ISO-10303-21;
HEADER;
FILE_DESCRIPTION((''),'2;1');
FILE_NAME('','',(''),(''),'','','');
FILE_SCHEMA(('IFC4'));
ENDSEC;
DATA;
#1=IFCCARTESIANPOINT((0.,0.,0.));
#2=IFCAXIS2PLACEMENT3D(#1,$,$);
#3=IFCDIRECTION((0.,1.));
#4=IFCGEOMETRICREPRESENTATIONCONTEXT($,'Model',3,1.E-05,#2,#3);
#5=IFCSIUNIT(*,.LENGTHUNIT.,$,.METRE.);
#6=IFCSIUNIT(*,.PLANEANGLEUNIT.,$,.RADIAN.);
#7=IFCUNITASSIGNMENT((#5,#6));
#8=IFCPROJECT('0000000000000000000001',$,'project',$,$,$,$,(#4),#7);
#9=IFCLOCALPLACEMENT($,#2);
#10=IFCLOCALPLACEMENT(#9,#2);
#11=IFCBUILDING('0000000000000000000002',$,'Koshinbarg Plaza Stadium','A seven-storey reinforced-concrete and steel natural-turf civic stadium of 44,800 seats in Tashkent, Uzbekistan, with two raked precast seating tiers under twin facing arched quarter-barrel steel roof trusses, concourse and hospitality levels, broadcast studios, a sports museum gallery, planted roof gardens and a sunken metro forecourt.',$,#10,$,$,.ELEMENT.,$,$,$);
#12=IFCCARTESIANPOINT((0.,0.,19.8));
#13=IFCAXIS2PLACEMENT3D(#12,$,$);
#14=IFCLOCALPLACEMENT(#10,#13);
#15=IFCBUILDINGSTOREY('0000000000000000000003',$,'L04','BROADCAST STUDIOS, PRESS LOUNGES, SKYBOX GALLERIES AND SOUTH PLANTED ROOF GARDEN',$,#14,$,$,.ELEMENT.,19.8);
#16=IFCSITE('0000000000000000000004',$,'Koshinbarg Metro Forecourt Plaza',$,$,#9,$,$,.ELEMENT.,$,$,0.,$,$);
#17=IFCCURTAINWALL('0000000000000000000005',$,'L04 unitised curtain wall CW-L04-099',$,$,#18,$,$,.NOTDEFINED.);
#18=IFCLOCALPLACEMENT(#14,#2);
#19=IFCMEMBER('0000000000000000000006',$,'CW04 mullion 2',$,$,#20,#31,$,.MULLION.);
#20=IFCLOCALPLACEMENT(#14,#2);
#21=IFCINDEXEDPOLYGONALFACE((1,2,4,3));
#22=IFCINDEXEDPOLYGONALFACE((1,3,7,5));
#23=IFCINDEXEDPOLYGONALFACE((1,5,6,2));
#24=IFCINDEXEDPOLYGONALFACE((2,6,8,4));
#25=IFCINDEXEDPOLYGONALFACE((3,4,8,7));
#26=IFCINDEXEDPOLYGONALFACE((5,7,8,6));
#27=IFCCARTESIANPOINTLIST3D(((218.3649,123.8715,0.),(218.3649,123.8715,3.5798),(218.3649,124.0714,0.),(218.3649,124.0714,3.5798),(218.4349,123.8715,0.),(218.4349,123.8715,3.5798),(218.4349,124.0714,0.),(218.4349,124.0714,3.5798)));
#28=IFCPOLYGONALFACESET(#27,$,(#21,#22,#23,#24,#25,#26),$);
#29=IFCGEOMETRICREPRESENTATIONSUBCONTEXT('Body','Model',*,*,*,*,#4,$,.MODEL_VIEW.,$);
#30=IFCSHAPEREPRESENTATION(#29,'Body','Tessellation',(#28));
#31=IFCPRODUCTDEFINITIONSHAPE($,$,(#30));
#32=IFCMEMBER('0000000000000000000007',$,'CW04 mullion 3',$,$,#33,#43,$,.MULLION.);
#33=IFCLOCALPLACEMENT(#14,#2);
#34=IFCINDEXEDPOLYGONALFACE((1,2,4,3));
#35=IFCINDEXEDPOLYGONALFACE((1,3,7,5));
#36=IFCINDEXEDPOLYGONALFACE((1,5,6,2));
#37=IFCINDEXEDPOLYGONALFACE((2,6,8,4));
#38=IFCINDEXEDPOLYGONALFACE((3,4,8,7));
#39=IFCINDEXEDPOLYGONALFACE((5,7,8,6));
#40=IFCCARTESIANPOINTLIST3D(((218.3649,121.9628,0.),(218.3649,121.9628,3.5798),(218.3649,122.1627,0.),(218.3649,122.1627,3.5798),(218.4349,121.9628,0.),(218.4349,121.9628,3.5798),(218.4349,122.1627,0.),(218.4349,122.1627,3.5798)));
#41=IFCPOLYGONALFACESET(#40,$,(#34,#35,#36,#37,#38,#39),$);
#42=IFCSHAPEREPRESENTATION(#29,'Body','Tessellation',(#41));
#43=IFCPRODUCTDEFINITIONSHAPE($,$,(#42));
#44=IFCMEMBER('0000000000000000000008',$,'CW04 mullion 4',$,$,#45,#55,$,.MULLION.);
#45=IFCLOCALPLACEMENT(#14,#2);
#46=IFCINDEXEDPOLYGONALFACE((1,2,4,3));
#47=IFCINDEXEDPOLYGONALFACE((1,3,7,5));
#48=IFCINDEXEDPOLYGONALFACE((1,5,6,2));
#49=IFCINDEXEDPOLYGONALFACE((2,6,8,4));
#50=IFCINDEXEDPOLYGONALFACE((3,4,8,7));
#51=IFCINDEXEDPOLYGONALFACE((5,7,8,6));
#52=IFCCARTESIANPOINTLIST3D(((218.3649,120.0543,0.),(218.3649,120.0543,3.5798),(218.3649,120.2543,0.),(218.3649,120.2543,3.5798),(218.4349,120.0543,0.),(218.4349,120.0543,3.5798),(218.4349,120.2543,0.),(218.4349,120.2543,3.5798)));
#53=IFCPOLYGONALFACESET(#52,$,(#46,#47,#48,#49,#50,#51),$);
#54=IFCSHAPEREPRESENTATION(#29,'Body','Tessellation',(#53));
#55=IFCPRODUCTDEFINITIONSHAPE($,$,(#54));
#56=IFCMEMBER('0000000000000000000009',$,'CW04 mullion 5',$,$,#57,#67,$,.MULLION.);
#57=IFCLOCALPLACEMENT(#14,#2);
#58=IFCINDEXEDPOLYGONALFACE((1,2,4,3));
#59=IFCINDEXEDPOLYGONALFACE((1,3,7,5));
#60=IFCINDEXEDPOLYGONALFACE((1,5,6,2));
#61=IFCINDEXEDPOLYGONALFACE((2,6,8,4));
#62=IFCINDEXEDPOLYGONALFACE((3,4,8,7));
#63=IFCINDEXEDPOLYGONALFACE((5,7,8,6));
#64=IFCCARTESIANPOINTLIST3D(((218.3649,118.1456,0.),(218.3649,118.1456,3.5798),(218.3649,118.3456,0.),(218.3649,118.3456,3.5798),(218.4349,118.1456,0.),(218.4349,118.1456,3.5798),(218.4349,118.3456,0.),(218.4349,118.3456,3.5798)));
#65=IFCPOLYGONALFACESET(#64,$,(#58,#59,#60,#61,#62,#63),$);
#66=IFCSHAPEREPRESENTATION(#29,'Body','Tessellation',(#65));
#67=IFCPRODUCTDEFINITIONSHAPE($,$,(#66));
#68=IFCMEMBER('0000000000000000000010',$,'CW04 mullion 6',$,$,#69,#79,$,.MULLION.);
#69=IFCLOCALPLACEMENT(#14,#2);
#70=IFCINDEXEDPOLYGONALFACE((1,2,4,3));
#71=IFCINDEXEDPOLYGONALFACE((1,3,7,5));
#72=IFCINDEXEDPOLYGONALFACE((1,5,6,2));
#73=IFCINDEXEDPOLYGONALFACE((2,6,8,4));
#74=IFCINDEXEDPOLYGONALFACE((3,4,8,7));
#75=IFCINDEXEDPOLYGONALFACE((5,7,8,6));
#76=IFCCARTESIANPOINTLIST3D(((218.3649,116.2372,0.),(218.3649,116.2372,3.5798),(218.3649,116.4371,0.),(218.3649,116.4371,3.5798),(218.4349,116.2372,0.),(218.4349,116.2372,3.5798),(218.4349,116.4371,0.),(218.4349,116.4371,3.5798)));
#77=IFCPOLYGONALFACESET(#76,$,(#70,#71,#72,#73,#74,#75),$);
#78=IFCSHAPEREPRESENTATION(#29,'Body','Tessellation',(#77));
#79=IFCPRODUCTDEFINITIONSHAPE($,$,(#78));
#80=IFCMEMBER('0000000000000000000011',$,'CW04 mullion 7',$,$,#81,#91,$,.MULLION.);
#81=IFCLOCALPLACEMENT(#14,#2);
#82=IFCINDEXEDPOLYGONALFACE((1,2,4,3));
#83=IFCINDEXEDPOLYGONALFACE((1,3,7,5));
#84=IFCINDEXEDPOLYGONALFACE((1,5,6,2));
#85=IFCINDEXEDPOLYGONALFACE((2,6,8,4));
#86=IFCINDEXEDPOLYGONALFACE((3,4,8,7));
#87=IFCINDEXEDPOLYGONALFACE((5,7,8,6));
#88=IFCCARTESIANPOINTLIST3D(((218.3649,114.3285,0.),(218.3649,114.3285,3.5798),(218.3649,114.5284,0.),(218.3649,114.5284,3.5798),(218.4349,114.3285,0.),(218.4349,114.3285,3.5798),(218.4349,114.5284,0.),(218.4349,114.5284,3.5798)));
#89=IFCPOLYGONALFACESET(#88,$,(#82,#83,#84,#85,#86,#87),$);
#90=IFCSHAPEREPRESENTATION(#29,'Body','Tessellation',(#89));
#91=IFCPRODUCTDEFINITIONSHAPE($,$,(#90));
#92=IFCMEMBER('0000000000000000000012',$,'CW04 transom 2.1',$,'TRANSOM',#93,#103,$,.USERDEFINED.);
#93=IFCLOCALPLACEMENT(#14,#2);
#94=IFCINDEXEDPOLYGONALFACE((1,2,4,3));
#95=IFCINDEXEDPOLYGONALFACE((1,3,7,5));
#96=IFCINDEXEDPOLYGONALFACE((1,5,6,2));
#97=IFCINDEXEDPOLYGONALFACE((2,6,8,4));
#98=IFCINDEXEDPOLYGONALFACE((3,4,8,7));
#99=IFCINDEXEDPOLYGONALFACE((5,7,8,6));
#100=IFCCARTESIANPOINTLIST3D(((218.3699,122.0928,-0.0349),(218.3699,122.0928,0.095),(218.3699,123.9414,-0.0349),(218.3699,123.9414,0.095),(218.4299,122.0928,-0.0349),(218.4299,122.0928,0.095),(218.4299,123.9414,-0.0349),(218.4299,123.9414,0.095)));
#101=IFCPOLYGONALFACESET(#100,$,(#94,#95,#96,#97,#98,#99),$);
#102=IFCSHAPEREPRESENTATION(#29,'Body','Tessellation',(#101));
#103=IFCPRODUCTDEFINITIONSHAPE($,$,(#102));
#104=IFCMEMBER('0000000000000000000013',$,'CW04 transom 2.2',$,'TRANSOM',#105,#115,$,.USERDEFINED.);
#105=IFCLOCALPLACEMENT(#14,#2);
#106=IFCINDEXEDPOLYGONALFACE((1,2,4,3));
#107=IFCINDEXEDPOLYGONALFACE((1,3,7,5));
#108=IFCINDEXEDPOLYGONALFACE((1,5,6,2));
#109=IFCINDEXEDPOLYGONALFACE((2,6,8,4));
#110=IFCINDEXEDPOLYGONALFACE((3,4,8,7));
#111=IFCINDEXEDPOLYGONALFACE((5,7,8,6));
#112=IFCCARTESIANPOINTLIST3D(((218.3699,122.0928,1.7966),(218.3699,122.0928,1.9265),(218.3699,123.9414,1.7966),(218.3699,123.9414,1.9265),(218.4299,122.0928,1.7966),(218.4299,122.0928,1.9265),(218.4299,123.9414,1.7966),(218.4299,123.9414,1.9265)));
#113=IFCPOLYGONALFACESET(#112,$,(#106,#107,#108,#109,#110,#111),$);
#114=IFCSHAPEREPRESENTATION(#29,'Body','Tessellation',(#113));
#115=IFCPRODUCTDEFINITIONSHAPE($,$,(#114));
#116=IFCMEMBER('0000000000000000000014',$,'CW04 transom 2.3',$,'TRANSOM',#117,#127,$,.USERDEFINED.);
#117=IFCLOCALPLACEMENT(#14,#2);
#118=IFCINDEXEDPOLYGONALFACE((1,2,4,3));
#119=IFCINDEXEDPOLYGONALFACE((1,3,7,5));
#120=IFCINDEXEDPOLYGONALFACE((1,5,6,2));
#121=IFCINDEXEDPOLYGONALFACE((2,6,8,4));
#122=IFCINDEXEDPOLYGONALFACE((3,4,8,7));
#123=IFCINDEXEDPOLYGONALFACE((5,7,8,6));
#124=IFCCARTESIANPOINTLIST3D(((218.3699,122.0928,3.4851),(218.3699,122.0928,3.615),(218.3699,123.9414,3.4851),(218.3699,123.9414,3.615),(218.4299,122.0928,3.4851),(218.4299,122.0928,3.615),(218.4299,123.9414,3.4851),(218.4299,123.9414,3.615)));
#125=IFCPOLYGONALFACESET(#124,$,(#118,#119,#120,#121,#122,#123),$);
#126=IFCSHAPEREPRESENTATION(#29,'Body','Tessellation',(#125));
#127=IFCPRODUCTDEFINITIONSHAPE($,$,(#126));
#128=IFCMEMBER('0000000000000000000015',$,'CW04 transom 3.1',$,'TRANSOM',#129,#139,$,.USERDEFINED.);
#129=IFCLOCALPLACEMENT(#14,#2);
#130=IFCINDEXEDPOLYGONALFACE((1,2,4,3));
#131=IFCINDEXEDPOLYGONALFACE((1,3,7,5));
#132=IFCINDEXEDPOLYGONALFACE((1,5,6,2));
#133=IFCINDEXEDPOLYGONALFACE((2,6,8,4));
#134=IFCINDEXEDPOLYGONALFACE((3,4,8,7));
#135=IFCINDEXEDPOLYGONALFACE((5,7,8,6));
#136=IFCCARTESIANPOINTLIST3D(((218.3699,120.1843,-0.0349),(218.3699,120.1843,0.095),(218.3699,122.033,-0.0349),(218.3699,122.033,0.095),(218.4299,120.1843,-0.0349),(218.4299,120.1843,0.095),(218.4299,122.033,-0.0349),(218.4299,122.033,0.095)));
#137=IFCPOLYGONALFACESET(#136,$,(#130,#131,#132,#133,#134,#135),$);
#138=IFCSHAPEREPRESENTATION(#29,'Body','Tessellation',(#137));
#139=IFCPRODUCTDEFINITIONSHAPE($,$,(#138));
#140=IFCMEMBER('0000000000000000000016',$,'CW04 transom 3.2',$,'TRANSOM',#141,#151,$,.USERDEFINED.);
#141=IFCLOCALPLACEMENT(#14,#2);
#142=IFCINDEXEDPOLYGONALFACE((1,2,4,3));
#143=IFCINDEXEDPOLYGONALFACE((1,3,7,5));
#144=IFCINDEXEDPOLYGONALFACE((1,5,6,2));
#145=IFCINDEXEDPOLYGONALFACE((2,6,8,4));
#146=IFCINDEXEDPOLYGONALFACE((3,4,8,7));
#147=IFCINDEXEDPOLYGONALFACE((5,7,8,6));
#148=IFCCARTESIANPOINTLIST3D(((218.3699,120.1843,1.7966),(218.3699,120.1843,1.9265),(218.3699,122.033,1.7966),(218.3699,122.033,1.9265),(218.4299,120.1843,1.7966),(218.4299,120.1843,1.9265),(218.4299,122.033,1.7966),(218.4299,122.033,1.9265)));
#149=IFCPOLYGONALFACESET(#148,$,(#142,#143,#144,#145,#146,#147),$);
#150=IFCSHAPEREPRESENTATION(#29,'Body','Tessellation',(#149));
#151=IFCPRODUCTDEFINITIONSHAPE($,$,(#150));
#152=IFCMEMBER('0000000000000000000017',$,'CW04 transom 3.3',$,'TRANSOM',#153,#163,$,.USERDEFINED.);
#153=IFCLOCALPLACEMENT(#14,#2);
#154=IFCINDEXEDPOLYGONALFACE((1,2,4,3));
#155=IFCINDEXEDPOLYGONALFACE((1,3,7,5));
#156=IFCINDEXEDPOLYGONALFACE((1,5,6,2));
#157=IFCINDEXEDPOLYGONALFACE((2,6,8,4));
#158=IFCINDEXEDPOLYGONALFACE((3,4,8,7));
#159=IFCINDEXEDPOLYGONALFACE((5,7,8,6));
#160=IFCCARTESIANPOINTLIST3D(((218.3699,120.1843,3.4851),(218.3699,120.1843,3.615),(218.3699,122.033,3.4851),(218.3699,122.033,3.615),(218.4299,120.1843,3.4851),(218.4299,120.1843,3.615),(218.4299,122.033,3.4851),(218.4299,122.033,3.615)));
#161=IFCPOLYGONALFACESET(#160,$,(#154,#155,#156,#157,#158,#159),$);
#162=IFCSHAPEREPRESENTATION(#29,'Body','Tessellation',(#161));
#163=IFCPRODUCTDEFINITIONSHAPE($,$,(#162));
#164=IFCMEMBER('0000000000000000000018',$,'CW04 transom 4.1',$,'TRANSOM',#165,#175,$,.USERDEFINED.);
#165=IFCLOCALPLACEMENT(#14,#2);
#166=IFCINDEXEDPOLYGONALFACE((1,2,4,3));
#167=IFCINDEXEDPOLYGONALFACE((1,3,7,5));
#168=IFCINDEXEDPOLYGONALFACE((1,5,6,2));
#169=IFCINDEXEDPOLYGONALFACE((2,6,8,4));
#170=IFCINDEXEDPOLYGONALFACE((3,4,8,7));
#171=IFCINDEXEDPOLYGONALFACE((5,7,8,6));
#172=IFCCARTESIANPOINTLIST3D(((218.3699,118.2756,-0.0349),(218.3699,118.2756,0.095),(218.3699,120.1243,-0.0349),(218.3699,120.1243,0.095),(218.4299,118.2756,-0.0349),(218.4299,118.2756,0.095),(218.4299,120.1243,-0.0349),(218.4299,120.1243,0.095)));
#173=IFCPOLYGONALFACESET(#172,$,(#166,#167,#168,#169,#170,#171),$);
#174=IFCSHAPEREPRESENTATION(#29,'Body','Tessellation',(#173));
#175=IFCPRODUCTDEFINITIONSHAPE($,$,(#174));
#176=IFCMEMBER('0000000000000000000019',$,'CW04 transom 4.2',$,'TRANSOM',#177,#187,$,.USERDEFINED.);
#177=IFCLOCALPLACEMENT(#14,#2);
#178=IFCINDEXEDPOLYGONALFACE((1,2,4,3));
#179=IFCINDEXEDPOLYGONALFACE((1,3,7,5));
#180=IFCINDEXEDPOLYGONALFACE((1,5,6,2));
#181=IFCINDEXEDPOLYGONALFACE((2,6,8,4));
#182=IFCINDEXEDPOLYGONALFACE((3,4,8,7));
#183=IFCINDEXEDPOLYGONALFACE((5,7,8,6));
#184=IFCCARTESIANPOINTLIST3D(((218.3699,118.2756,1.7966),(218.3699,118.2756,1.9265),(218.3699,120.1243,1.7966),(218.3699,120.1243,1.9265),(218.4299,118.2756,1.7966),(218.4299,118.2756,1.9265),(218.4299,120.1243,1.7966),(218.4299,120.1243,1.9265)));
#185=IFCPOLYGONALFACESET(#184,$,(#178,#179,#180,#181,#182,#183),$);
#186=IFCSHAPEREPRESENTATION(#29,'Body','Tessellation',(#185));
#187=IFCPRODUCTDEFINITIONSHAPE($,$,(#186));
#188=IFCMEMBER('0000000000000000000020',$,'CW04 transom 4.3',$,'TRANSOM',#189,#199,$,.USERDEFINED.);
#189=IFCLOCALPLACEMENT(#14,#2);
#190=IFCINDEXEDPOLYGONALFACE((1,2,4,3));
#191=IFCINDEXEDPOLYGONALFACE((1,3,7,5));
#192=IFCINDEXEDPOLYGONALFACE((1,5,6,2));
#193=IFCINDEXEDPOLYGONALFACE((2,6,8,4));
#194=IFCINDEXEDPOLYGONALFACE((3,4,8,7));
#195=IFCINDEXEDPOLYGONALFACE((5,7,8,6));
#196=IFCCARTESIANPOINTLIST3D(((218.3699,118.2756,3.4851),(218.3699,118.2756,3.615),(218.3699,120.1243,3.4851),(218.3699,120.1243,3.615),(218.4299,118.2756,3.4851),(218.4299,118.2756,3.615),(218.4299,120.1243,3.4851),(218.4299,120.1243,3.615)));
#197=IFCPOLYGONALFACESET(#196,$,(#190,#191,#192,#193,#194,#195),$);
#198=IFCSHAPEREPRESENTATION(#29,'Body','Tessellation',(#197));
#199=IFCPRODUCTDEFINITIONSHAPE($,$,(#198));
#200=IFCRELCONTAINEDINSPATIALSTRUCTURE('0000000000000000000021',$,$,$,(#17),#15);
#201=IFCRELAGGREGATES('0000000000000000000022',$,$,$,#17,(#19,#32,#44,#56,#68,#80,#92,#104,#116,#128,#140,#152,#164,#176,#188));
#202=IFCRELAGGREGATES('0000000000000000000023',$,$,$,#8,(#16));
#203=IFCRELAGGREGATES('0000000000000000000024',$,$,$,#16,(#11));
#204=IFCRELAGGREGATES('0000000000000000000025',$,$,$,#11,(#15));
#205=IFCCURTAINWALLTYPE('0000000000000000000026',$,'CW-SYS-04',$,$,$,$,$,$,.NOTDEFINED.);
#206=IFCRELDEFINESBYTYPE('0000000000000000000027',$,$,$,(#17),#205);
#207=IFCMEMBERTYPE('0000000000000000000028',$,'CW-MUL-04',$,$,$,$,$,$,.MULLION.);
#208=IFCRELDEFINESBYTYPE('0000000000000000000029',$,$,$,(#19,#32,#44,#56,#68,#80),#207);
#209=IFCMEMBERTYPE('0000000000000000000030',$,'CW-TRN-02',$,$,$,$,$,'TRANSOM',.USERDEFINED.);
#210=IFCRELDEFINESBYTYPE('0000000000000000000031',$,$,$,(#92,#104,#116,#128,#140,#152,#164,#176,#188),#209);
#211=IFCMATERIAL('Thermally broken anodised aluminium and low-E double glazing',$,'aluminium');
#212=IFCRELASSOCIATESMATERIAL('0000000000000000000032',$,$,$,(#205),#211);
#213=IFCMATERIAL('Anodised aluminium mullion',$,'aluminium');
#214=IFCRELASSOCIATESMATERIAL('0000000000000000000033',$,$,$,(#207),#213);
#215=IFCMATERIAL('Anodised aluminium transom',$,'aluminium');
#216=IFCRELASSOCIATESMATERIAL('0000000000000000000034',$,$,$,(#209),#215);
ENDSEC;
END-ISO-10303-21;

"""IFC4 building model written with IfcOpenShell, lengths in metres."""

from ifc_helpers import new_model, si_unit, direction, frame, origin, origin_2d, place, context, subcontext, project, spatial, rectangle, extrude, material, material_profile, profile_set, type_object, element, aggregate, save


model = new_model("IFC4")

# Units and contexts
model_context = context("Model", 3, precision=1e-05, world=origin(), true_north=direction((0.0, 1.0)))
body_context = subcontext(model_context, "Body", "Model", "MODEL_VIEW")
ifc_project = project(units=[si_unit("LENGTHUNIT", "METRE"), si_unit("PLANEANGLEUNIT", "RADIAN")], contexts=[model_context])

# Site, building, storey
site_placement = place(None, origin())
site = spatial("IfcSite", under=ifc_project, at=site_placement, Name="Koshinbarg Metro Forecourt Plaza", CompositionType="ELEMENT", RefElevation=0.0)
building_placement = place(site_placement, origin())
building = spatial("IfcBuilding", under=site, at=building_placement, Name="Koshinbarg Plaza Stadium", Description="A seven-storey reinforced-concrete and steel natural-turf civic stadium of 44,800 seats in Tashkent, Uzbekistan, with two raked precast seating tiers under twin facing arched quarter-barrel steel roof trusses, concourse and hospitality levels, broadcast studios, a sports museum gallery, planted roof gardens and a sunken metro forecourt.", CompositionType="ELEMENT")
storey_placement = place(building_placement, frame((0.0, 0.0, 19.8)))
storey = spatial("IfcBuildingStorey", under=building, at=storey_placement, Name="L04", Description="BROADCAST STUDIOS, PRESS LOUNGES, SKYBOX GALLERIES AND SOUTH PLANTED ROOF GARDEN", CompositionType="ELEMENT", Elevation=19.8)

# Curtain wall, members
ifc_material_1 = material(Name="Thermally broken anodised aluminium and low-E double glazing", Category="aluminium")
curtain_wall_type = type_object("IfcCurtainWallType", Name="CW-SYS-04", PredefinedType="NOTDEFINED", material=ifc_material_1)
curtain_wall_placement = place(storey_placement, origin())
curtain_wall = element("IfcCurtainWall", 1, at=curtain_wall_placement, inside=storey, type_object=curtain_wall_type, Name="L04 unitised curtain wall CW-L04-099", PredefinedType="NOTDEFINED")
ifc_material_2 = material(Name="Anodised aluminium mullion", Category="aluminium")
ifc_material_profile_1 = material_profile(ifc_material_2, rectangle(XDim=0.0701, YDim=0.2, at=origin_2d()), Name="ALU 70x200")
ifc_profile_set_1 = profile_set([ifc_material_profile_1], Name="Anodised aluminium mullion")
member_type_1 = type_object("IfcMemberType", Name="CW-MUL-04", PredefinedType="MULLION", material=ifc_profile_set_1)
member_1_placement = place(storey_placement, frame((218.3999, 123.9714, 0.0), z_axis=(0.0, 0.0, 1.0), x_axis=(1.0, 0.0, 0.0)))
member_1 = element("IfcMember", 2, at=member_1_placement, type_object=member_type_1, Name="CW04 mullion 2", PredefinedType="MULLION", context=body_context, shape_type="SweptSolid", body=[
    extrude(rectangle(XDim=0.0701, YDim=0.2, at=origin_2d()), origin(), (0.0, 0.0, 1.0), 3.5798),
])
member_2_placement = place(storey_placement, frame((218.3999, 122.0627, 0.0), z_axis=(0.0, 0.0, 1.0), x_axis=(1.0, 0.0, 0.0)))
member_2 = element("IfcMember", 3, at=member_2_placement, type_object=member_type_1, Name="CW04 mullion 3", PredefinedType="MULLION", context=body_context, shape_type="SweptSolid", body=[
    extrude(rectangle(XDim=0.0701, YDim=0.2, at=origin_2d()), origin(), (0.0, 0.0, 1.0), 3.5798),
])
member_3_placement = place(storey_placement, frame((218.3999, 120.1543, 0.0), z_axis=(0.0, 0.0, 1.0), x_axis=(1.0, 0.0, 0.0)))
member_3 = element("IfcMember", 4, at=member_3_placement, type_object=member_type_1, Name="CW04 mullion 4", PredefinedType="MULLION", context=body_context, shape_type="SweptSolid", body=[
    extrude(rectangle(XDim=0.0701, YDim=0.2, at=origin_2d()), origin(), (0.0, 0.0, 1.0), 3.5798),
])
member_4_placement = place(storey_placement, frame((218.3999, 118.2456, 0.0), z_axis=(0.0, 0.0, 1.0), x_axis=(1.0, 0.0, 0.0)))
member_4 = element("IfcMember", 5, at=member_4_placement, type_object=member_type_1, Name="CW04 mullion 5", PredefinedType="MULLION", context=body_context, shape_type="SweptSolid", body=[
    extrude(rectangle(XDim=0.0701, YDim=0.2, at=origin_2d()), origin(), (0.0, 0.0, 1.0), 3.5798),
])
member_5_placement = place(storey_placement, frame((218.3999, 116.3372, 0.0), z_axis=(0.0, 0.0, 1.0), x_axis=(1.0, 0.0, 0.0)))
member_5 = element("IfcMember", 6, at=member_5_placement, type_object=member_type_1, Name="CW04 mullion 6", PredefinedType="MULLION", context=body_context, shape_type="SweptSolid", body=[
    extrude(rectangle(XDim=0.0701, YDim=0.2, at=origin_2d()), origin(), (0.0, 0.0, 1.0), 3.5798),
])
member_6_placement = place(storey_placement, frame((218.3999, 114.4285, 0.0), z_axis=(0.0, 0.0, 1.0), x_axis=(1.0, 0.0, 0.0)))
member_6 = element("IfcMember", 7, at=member_6_placement, type_object=member_type_1, Name="CW04 mullion 7", PredefinedType="MULLION", context=body_context, shape_type="SweptSolid", body=[
    extrude(rectangle(XDim=0.0701, YDim=0.2, at=origin_2d()), origin(), (0.0, 0.0, 1.0), 3.5798),
])
ifc_material_3 = material(Name="Anodised aluminium transom", Category="aluminium")
ifc_material_profile_2 = material_profile(ifc_material_3, rectangle(XDim=0.0601, YDim=0.1299, at=origin_2d()), Name="ALU 60x130")
ifc_profile_set_2 = profile_set([ifc_material_profile_2], Name="Anodised aluminium transom")
member_type_2 = type_object("IfcMemberType", Name="CW-TRN-02", ElementType="TRANSOM", PredefinedType="USERDEFINED", material=ifc_profile_set_2)
member_7_placement = place(storey_placement, frame((218.3999, 123.9414, 0.03), z_axis=(0.0, -1.0, 0.0), x_axis=(1.0, 0.0, 0.0)))
member_7 = element("IfcMember", 8, at=member_7_placement, type_object=member_type_2, Name="CW04 transom 2.1", ObjectType="TRANSOM", PredefinedType="USERDEFINED", context=body_context, shape_type="SweptSolid", body=[
    extrude(rectangle(XDim=0.0601, YDim=0.1299, at=origin_2d()), origin(), (0.0, 0.0, 1.0), 1.8486),
])
member_8_placement = place(storey_placement, frame((218.3999, 123.9414, 1.8616), z_axis=(0.0, -1.0, 0.0), x_axis=(1.0, 0.0, 0.0)))
member_8 = element("IfcMember", 9, at=member_8_placement, type_object=member_type_2, Name="CW04 transom 2.2", ObjectType="TRANSOM", PredefinedType="USERDEFINED", context=body_context, shape_type="SweptSolid", body=[
    extrude(rectangle(XDim=0.0601, YDim=0.1299, at=origin_2d()), origin(), (0.0, 0.0, 1.0), 1.8486),
])
member_9_placement = place(storey_placement, frame((218.3999, 123.9414, 3.55), z_axis=(0.0, -1.0, 0.0), x_axis=(1.0, 0.0, 0.0)))
member_9 = element("IfcMember", 10, at=member_9_placement, type_object=member_type_2, Name="CW04 transom 2.3", ObjectType="TRANSOM", PredefinedType="USERDEFINED", context=body_context, shape_type="SweptSolid", body=[
    extrude(rectangle(XDim=0.0601, YDim=0.1299, at=origin_2d()), origin(), (0.0, 0.0, 1.0), 1.8486),
])
member_10_placement = place(storey_placement, frame((218.3999, 122.033, 0.03), z_axis=(0.0, -1.0, 0.0), x_axis=(1.0, 0.0, 0.0)))
member_10 = element("IfcMember", 11, at=member_10_placement, type_object=member_type_2, Name="CW04 transom 3.1", ObjectType="TRANSOM", PredefinedType="USERDEFINED", context=body_context, shape_type="SweptSolid", body=[
    extrude(rectangle(XDim=0.0601, YDim=0.1299, at=origin_2d()), origin(), (0.0, 0.0, 1.0), 1.8486),
])
member_11_placement = place(storey_placement, frame((218.3999, 122.033, 1.8616), z_axis=(0.0, -1.0, 0.0), x_axis=(1.0, 0.0, 0.0)))
member_11 = element("IfcMember", 12, at=member_11_placement, type_object=member_type_2, Name="CW04 transom 3.2", ObjectType="TRANSOM", PredefinedType="USERDEFINED", context=body_context, shape_type="SweptSolid", body=[
    extrude(rectangle(XDim=0.0601, YDim=0.1299, at=origin_2d()), origin(), (0.0, 0.0, 1.0), 1.8486),
])
member_12_placement = place(storey_placement, frame((218.3999, 122.033, 3.55), z_axis=(0.0, -1.0, 0.0), x_axis=(1.0, 0.0, 0.0)))
member_12 = element("IfcMember", 13, at=member_12_placement, type_object=member_type_2, Name="CW04 transom 3.3", ObjectType="TRANSOM", PredefinedType="USERDEFINED", context=body_context, shape_type="SweptSolid", body=[
    extrude(rectangle(XDim=0.0601, YDim=0.1299, at=origin_2d()), origin(), (0.0, 0.0, 1.0), 1.8486),
])
member_13_placement = place(storey_placement, frame((218.3999, 120.1243, 0.03), z_axis=(0.0, -1.0, 0.0), x_axis=(1.0, 0.0, 0.0)))
member_13 = element("IfcMember", 14, at=member_13_placement, type_object=member_type_2, Name="CW04 transom 4.1", ObjectType="TRANSOM", PredefinedType="USERDEFINED", context=body_context, shape_type="SweptSolid", body=[
    extrude(rectangle(XDim=0.0601, YDim=0.1299, at=origin_2d()), origin(), (0.0, 0.0, 1.0), 1.8486),
])
member_14_placement = place(storey_placement, frame((218.3999, 120.1243, 1.8616), z_axis=(0.0, -1.0, 0.0), x_axis=(1.0, 0.0, 0.0)))
member_14 = element("IfcMember", 15, at=member_14_placement, type_object=member_type_2, Name="CW04 transom 4.2", ObjectType="TRANSOM", PredefinedType="USERDEFINED", context=body_context, shape_type="SweptSolid", body=[
    extrude(rectangle(XDim=0.0601, YDim=0.1299, at=origin_2d()), origin(), (0.0, 0.0, 1.0), 1.8486),
])
member_15_placement = place(storey_placement, frame((218.3999, 120.1243, 3.55), z_axis=(0.0, -1.0, 0.0), x_axis=(1.0, 0.0, 0.0)))
member_15 = element("IfcMember", 16, at=member_15_placement, type_object=member_type_2, Name="CW04 transom 4.3", ObjectType="TRANSOM", PredefinedType="USERDEFINED", context=body_context, shape_type="SweptSolid", body=[
    extrude(rectangle(XDim=0.0601, YDim=0.1299, at=origin_2d()), origin(), (0.0, 0.0, 1.0), 1.8486),
])
aggregate(curtain_wall, [member_1, member_2, member_3, member_4, member_5, member_6, member_7, member_8, member_9, member_10, member_11, member_12, member_13, member_14, member_15])

save(model, "model.ifc")
